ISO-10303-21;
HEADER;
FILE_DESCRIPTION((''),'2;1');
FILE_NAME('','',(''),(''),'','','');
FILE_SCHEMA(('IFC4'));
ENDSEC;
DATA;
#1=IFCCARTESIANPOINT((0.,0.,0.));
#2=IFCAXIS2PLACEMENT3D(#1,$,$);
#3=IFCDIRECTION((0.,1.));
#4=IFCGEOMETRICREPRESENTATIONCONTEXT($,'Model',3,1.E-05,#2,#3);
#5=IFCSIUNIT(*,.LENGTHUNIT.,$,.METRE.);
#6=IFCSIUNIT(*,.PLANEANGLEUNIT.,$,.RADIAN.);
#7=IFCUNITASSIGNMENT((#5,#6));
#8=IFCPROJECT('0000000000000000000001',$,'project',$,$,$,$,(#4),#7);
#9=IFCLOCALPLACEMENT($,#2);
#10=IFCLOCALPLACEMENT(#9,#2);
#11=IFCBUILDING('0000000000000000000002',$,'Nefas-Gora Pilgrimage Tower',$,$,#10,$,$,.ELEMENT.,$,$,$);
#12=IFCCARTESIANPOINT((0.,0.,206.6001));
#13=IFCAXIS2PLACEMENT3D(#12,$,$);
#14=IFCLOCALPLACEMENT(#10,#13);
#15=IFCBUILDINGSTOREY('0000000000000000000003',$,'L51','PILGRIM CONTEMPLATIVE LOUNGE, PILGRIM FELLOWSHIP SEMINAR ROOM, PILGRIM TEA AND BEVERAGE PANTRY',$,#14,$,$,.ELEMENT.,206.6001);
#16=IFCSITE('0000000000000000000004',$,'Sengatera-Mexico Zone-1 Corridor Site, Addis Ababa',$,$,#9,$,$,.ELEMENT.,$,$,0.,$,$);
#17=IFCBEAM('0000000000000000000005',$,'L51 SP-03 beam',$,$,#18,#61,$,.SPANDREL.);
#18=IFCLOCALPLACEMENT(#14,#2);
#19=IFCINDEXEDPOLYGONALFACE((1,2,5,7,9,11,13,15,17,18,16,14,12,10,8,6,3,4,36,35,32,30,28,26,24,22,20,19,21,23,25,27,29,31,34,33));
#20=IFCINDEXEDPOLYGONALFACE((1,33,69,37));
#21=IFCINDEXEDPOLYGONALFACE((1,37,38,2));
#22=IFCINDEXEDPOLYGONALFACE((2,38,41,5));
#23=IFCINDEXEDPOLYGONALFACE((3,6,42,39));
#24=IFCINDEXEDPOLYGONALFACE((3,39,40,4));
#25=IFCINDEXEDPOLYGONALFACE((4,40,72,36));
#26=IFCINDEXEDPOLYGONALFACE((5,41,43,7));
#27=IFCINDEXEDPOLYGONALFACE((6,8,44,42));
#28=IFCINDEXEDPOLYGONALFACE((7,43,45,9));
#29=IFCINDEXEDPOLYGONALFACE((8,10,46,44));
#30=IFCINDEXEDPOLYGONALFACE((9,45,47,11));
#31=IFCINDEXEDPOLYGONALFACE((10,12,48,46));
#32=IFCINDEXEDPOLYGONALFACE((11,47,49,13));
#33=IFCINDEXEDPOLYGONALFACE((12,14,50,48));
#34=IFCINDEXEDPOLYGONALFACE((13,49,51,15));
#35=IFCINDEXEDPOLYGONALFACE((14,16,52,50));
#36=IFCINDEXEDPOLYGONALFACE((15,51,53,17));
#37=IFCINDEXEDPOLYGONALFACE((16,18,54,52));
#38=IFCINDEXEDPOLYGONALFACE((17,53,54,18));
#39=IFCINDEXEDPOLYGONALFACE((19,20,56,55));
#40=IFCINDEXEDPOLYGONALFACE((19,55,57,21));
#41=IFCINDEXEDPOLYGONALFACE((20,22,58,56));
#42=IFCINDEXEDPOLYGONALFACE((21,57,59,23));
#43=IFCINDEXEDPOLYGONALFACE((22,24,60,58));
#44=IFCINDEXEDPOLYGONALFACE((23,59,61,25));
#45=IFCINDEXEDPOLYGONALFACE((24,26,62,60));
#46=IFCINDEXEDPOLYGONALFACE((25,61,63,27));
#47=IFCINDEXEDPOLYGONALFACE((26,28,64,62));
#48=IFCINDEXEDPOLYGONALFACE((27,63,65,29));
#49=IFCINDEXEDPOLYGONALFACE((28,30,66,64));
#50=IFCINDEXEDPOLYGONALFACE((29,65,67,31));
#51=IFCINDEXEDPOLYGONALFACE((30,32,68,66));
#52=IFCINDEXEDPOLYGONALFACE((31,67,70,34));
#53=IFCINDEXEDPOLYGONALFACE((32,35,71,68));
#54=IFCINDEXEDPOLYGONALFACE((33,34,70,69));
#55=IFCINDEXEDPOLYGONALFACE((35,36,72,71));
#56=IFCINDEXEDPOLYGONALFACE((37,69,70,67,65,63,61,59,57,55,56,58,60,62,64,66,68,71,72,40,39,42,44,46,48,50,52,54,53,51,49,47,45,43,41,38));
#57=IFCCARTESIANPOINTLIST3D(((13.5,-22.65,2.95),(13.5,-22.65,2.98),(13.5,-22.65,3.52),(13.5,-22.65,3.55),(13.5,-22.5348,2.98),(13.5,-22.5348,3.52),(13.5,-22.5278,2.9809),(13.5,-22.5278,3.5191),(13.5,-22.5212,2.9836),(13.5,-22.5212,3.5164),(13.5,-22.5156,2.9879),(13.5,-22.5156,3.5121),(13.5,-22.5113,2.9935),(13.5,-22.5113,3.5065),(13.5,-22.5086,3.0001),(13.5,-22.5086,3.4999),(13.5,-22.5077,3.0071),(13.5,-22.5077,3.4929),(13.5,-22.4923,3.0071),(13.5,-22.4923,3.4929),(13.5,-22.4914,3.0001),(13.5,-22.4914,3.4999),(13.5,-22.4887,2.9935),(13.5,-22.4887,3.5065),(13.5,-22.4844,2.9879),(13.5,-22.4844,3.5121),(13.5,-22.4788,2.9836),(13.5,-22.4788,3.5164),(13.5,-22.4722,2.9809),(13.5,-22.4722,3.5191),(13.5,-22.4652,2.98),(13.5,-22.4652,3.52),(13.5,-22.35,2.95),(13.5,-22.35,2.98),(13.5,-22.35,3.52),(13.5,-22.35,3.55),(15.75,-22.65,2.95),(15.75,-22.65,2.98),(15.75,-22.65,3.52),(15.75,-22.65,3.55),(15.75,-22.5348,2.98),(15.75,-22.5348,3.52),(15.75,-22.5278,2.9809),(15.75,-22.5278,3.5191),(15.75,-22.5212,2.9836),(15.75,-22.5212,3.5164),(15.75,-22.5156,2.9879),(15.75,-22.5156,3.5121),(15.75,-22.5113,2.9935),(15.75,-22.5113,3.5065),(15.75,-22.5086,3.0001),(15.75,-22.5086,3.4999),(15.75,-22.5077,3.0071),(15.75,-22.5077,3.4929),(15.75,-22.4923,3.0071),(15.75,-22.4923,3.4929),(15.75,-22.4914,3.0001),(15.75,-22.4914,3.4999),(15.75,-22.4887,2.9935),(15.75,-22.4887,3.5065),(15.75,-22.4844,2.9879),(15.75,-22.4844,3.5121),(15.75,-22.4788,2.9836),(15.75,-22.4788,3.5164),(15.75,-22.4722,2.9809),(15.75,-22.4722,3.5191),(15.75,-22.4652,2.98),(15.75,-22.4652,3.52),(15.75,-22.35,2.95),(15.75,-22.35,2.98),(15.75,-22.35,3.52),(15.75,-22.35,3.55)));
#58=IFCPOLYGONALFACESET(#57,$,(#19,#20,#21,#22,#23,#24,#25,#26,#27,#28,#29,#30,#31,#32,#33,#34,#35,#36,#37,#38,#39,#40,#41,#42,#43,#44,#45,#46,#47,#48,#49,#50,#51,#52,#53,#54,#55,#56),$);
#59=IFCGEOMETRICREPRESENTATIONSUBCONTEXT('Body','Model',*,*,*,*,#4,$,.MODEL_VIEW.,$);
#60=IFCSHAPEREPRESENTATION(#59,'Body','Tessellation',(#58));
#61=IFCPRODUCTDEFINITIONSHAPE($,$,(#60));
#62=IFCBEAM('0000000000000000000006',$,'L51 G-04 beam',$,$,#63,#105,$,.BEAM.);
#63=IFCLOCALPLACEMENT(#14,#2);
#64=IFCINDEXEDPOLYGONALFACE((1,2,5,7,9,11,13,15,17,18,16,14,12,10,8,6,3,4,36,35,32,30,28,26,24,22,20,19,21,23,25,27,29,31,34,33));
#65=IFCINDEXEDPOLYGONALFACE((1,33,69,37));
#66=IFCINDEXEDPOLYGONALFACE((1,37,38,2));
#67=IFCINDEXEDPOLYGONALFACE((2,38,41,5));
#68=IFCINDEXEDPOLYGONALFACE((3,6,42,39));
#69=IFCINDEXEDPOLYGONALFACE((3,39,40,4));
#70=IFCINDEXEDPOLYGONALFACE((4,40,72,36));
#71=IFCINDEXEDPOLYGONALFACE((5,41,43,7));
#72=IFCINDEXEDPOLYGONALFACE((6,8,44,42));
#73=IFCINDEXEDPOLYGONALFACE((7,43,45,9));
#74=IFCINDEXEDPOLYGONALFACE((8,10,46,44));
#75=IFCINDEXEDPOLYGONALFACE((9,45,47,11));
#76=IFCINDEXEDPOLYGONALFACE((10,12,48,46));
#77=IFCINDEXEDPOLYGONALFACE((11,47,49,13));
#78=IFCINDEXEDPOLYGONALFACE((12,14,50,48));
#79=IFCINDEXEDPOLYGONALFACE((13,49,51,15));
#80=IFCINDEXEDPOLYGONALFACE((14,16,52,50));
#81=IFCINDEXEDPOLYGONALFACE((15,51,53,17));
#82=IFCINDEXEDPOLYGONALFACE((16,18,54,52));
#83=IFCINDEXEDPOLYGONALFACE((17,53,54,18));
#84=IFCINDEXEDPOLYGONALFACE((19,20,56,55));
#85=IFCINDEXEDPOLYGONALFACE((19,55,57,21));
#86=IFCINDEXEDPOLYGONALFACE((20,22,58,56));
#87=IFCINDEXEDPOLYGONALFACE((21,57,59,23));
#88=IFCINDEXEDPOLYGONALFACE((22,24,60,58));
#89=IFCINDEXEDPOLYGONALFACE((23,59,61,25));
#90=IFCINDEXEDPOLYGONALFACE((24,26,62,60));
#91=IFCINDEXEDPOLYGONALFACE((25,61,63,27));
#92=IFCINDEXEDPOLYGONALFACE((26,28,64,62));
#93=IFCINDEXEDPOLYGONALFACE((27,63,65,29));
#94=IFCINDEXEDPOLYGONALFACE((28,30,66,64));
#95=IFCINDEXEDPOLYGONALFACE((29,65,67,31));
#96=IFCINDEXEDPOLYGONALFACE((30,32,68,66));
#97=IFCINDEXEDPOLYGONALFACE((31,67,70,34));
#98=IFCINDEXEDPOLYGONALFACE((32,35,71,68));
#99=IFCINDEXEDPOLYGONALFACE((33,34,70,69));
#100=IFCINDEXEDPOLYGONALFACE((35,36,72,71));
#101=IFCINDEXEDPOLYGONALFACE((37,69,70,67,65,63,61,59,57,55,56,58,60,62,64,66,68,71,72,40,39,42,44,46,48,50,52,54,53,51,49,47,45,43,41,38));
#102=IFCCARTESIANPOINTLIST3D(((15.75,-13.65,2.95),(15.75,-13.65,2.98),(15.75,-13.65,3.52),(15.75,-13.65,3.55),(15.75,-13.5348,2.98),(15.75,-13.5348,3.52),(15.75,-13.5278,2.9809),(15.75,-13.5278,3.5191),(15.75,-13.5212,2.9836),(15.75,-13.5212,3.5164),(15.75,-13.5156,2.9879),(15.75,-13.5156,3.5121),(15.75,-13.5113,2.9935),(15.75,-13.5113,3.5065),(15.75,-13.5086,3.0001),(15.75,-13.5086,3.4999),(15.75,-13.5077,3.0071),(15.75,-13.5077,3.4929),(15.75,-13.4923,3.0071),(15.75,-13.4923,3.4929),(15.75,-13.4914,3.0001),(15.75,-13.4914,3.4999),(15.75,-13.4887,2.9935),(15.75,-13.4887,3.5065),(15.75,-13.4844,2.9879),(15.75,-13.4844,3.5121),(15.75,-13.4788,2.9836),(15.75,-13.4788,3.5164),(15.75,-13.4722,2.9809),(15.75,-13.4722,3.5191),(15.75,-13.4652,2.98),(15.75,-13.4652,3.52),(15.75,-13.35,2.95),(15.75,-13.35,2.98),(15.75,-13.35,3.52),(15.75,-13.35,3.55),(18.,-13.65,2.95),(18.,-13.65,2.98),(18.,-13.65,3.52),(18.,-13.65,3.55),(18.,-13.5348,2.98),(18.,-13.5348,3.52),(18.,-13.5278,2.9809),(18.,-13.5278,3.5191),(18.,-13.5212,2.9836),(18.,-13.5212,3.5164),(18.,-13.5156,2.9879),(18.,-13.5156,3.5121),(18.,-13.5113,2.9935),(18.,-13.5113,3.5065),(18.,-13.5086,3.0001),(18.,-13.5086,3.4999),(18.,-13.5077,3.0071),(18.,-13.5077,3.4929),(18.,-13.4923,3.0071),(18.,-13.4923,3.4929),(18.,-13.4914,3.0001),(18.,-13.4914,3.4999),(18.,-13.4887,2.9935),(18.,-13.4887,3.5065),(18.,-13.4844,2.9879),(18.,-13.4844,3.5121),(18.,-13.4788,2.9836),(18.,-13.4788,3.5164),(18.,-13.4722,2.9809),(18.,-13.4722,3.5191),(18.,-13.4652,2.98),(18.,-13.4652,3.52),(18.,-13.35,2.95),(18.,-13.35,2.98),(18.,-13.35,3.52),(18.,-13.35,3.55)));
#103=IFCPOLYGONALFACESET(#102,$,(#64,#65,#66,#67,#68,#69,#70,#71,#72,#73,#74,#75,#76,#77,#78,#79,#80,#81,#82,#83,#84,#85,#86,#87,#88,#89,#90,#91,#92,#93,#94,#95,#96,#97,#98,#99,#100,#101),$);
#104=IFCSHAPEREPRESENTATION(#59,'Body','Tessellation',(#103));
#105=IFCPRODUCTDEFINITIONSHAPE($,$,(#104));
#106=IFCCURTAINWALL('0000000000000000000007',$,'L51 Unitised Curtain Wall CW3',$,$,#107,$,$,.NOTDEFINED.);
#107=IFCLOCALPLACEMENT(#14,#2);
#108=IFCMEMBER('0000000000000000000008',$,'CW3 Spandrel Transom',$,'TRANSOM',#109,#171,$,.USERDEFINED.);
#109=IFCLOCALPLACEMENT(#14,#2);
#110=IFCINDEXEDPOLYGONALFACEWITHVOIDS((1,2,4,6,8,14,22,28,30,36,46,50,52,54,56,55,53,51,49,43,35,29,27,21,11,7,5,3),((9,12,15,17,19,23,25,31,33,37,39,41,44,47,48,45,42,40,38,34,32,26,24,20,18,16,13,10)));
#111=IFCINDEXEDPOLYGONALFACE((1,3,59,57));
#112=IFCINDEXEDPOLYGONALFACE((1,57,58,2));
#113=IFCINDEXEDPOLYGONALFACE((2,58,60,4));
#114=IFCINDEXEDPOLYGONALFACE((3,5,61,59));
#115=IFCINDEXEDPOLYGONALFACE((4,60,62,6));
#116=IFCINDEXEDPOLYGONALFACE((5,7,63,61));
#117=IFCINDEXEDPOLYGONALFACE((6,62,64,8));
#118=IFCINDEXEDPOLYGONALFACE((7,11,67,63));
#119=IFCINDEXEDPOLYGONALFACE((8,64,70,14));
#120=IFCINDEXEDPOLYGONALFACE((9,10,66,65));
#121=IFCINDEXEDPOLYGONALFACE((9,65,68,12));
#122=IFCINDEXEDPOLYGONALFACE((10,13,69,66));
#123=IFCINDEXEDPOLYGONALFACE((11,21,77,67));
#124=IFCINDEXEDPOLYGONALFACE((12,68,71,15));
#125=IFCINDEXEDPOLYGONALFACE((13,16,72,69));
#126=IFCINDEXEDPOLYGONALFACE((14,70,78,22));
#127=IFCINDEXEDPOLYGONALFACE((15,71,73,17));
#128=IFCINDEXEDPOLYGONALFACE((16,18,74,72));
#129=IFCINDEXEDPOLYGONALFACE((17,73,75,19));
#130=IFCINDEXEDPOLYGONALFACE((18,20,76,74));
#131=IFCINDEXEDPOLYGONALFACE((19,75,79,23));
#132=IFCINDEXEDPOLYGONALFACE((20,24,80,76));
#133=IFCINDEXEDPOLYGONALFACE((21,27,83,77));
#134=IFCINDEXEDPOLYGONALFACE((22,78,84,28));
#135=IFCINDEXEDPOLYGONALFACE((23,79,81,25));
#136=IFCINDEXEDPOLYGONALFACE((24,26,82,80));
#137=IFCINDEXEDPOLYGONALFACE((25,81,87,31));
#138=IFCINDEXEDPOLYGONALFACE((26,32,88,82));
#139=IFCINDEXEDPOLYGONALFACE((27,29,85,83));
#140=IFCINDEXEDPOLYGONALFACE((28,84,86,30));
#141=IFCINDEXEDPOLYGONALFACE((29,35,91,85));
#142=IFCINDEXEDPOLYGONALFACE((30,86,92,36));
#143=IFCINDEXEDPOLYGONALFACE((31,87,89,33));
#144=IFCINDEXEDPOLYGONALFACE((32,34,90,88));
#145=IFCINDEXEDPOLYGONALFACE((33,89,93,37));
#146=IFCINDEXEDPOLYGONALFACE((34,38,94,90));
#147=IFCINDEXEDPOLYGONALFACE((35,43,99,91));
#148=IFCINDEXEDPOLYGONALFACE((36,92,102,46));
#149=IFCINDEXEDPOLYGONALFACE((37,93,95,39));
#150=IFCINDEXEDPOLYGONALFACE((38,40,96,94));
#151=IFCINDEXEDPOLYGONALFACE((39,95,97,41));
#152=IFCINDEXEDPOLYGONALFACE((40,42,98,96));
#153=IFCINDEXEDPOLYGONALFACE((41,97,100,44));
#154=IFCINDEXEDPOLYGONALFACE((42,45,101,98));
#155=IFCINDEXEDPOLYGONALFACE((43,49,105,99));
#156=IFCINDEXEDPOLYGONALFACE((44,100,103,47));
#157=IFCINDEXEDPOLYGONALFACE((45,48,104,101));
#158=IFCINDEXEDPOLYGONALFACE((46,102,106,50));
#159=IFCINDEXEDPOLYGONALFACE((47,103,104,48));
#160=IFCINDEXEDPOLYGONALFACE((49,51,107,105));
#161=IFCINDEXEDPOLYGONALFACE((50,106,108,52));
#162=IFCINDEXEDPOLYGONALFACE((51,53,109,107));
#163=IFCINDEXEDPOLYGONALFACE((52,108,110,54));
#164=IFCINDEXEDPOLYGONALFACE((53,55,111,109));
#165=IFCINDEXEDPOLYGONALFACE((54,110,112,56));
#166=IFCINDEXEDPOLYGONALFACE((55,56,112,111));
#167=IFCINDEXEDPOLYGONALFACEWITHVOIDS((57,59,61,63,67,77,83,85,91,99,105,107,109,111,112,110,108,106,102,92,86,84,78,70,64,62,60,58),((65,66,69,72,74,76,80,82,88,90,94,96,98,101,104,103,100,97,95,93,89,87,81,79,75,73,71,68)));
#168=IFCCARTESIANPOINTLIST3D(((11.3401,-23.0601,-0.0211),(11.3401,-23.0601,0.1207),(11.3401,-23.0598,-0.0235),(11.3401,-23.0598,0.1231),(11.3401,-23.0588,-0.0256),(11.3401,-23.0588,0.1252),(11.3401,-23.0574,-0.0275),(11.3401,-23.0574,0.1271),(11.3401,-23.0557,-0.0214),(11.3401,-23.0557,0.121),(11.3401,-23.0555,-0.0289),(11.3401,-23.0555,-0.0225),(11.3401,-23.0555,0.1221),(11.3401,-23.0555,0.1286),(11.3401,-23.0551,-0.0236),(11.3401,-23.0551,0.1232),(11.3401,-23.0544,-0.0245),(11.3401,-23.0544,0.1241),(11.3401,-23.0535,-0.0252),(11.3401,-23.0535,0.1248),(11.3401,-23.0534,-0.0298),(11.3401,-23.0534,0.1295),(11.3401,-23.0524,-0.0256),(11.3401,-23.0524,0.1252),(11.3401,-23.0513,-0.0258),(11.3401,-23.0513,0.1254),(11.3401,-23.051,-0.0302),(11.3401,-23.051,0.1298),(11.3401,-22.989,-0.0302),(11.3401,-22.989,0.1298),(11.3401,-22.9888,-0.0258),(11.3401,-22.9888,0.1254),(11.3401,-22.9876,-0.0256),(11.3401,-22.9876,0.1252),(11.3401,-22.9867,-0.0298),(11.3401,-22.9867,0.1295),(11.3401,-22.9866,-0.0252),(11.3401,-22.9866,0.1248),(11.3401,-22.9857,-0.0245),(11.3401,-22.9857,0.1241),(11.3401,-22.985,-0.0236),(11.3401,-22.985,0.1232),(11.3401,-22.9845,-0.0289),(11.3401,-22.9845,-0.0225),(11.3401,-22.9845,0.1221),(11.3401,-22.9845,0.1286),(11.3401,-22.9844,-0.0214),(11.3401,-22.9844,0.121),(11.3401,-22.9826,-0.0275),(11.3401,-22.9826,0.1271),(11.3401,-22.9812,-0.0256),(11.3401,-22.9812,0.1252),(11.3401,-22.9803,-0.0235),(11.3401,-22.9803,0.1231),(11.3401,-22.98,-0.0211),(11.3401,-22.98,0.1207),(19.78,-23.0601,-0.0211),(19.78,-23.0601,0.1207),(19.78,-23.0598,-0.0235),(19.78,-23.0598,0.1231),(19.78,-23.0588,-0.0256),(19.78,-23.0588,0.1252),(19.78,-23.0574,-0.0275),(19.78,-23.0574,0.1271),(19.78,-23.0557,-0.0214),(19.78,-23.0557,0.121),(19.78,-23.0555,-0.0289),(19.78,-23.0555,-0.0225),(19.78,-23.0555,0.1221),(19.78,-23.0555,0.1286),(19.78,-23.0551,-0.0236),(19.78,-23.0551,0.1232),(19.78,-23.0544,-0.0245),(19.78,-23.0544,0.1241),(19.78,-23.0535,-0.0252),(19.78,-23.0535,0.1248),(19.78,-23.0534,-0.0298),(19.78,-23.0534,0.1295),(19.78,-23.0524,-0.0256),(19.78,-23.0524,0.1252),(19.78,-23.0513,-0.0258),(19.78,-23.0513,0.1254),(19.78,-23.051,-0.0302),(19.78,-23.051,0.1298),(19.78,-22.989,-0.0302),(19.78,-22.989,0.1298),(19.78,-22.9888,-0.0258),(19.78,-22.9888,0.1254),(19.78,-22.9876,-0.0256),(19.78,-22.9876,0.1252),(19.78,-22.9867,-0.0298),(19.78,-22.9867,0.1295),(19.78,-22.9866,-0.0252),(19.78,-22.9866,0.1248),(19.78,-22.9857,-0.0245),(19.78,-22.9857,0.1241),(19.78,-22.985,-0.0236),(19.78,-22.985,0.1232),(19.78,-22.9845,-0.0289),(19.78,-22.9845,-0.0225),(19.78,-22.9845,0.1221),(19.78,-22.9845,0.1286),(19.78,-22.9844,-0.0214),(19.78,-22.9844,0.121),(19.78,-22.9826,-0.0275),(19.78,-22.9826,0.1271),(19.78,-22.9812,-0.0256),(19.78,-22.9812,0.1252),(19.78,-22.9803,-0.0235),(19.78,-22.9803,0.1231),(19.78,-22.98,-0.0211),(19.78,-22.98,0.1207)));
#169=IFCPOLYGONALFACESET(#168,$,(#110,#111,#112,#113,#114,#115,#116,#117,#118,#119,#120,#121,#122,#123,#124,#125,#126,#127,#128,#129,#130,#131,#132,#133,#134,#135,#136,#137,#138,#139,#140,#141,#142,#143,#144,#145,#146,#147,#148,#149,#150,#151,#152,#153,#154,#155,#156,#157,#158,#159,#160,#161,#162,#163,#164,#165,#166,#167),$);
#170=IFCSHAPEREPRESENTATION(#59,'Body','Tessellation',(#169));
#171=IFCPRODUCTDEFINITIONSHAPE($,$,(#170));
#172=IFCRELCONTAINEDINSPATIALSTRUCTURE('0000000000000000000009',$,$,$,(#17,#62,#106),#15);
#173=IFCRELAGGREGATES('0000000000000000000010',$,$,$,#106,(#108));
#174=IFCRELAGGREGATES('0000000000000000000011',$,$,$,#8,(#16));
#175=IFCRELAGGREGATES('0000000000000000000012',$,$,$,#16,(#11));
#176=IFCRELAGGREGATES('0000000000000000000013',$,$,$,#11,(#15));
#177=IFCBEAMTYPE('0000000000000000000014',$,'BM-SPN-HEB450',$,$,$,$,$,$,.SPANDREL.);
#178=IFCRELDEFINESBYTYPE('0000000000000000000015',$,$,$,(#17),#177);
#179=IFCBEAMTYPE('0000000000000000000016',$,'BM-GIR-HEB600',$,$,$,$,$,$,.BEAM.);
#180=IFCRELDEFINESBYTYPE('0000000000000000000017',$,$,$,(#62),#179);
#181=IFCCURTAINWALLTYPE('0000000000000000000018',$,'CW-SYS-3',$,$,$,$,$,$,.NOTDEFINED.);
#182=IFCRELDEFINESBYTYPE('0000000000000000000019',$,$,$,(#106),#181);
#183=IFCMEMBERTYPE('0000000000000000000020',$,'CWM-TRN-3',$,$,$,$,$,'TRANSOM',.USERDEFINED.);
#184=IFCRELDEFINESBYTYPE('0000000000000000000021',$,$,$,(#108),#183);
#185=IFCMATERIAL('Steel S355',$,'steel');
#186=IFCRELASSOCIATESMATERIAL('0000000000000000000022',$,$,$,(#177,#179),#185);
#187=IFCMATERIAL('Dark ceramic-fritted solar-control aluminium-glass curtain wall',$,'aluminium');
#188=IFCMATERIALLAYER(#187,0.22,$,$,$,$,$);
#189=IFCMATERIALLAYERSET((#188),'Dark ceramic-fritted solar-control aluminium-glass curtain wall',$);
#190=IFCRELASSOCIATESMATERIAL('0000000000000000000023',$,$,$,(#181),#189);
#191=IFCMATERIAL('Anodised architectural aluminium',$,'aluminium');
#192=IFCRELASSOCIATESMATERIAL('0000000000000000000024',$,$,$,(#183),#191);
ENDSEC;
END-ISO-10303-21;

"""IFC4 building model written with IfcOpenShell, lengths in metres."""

from ifc_helpers import new_model, si_unit, direction, frame, origin, origin_2d, place, context, subcontext, project, spatial, hollow_rectangle, i_section, extrude, source, transform, mapped, material, layer, layer_set, material_profile, profile_set, type_object, element, aggregate, save


model = new_model("IFC4")

# Units and contexts
model_context = context("Model", 3, precision=1e-05, world=origin(), true_north=direction((0.0, 1.0)))
body_context = subcontext(model_context, "Body", "Model", "MODEL_VIEW")
ifc_project = project(units=[si_unit("LENGTHUNIT", "METRE"), si_unit("PLANEANGLEUNIT", "RADIAN")], contexts=[model_context])

# Site, building, storey
site_placement = place(None, origin())
site = spatial("IfcSite", under=ifc_project, at=site_placement, Name="Sengatera-Mexico Zone-1 Corridor Site, Addis Ababa", CompositionType="ELEMENT", RefElevation=0.0)
building_placement = place(site_placement, origin())
building = spatial("IfcBuilding", under=site, at=building_placement, Name="Nefas-Gora Pilgrimage Tower", CompositionType="ELEMENT")
storey_placement = place(building_placement, frame((0.0, 0.0, 206.6001)))
storey = spatial("IfcBuildingStorey", under=building, at=storey_placement, Name="L51", Description="PILGRIM CONTEMPLATIVE LOUNGE, PILGRIM FELLOWSHIP SEMINAR ROOM, PILGRIM TEA AND BEVERAGE PANTRY", CompositionType="ELEMENT", Elevation=206.6001)

# Beams
ifc_material_1 = material(Name="Steel S355", Category="steel")
ifc_material_profile_1 = material_profile(ifc_material_1, i_section(OverallWidth=0.3, OverallDepth=0.6001, WebThickness=0.0154, FlangeThickness=0.03, FilletRadius=0.0271, at=origin_2d()), Name="HEB 600")
ifc_profile_set_1 = profile_set([ifc_material_profile_1], Name="Steel S355")
beam_type_1 = type_object("IfcBeamType", Name="BM-SPN-HEB450", PredefinedType="SPANDREL", material=ifc_profile_set_1)
ifc_material_profile_2 = material_profile(ifc_material_1, i_section(OverallWidth=0.3, OverallDepth=0.6001, WebThickness=0.0154, FlangeThickness=0.03, FilletRadius=0.0271, at=origin_2d()), Name="HEB 600")
ifc_profile_set_2 = profile_set([ifc_material_profile_2], Name="Steel S355")
beam_type_2 = type_object("IfcBeamType", Name="BM-GIR-HEB600", PredefinedType="BEAM", material=ifc_profile_set_2)
shared_shape_1 = source(origin(), body_context, "Body", "SweptSolid", [
    extrude(i_section(OverallWidth=0.3, OverallDepth=0.6001, WebThickness=0.0154, FlangeThickness=0.03, FilletRadius=0.0271, at=origin_2d()), origin(), (0.0, 0.0, 1.0), 2.25),
])
beam_1_placement = place(storey_placement, frame((13.5, -22.5, 3.25), z_axis=(1.0, 0.0, 0.0), x_axis=(0.0, 1.0, 0.0)))
element("IfcBeam", 1, at=beam_1_placement, inside=storey, type_object=beam_type_1, Name="L51 SP-03 beam", PredefinedType="SPANDREL", context=body_context, shape_type="MappedRepresentation", body=[
    mapped(shared_shape_1, transform((0.0, 0.0, 0.0), x_axis=(1.0, 0.0, 0.0), y_axis=(0.0, 1.0, 0.0), z_axis=(0.0, 0.0, 1.0), scale=1.0)),
])
shared_shape_2 = source(origin(), body_context, "Body", "SweptSolid", [
    extrude(i_section(OverallWidth=0.3, OverallDepth=0.6001, WebThickness=0.0154, FlangeThickness=0.03, FilletRadius=0.0271, at=origin_2d()), origin(), (0.0, 0.0, 1.0), 2.25),
])
beam_2_placement = place(storey_placement, frame((15.75, -13.5, 3.25), z_axis=(1.0, 0.0, 0.0), x_axis=(0.0, 1.0, 0.0)))
element("IfcBeam", 2, at=beam_2_placement, inside=storey, type_object=beam_type_2, Name="L51 G-04 beam", PredefinedType="BEAM", context=body_context, shape_type="MappedRepresentation", body=[
    mapped(shared_shape_2, transform((0.0, 0.0, 0.0), x_axis=(1.0, 0.0, 0.0), y_axis=(0.0, 1.0, 0.0), z_axis=(0.0, 0.0, 1.0), scale=1.0)),
])

# Curtain wall, member
ifc_material_2 = material(Name="Dark ceramic-fritted solar-control aluminium-glass curtain wall", Category="aluminium")
ifc_layer_1 = layer(ifc_material_2, 0.22)
ifc_layer_set_1 = layer_set([ifc_layer_1], Name="Dark ceramic-fritted solar-control aluminium-glass curtain wall")
curtain_wall_type = type_object("IfcCurtainWallType", Name="CW-SYS-3", PredefinedType="NOTDEFINED", material=ifc_layer_set_1)
curtain_wall_1_placement = place(storey_placement, origin())
curtain_wall_1 = element("IfcCurtainWall", 3, at=curtain_wall_1_placement, inside=storey, type_object=curtain_wall_type, Name="L51 Unitised Curtain Wall CW3", PredefinedType="NOTDEFINED")
ifc_material_3 = material(Name="Anodised architectural aluminium", Category="aluminium")
ifc_material_profile_3 = material_profile(ifc_material_3, hollow_rectangle(XDim=0.0801, YDim=0.1599, WallThickness=0.0044, InnerFilletRadius=0.0044, OuterFilletRadius=0.009, at=origin_2d()), Name="ALU TRANSOM 80x160")
ifc_profile_set_3 = profile_set([ifc_material_profile_3], Name="Anodised architectural aluminium")
member_type_1 = type_object("IfcMemberType", Name="CWM-TRN-3", ElementType="TRANSOM", PredefinedType="USERDEFINED", material=ifc_profile_set_3)
shared_shape_3 = source(origin(), body_context, "Body", "SweptSolid", [
    extrude(hollow_rectangle(XDim=0.0801, YDim=0.1599, WallThickness=0.0044, InnerFilletRadius=0.0044, OuterFilletRadius=0.009, at=origin_2d()), origin(), (0.0, 0.0, 1.0), 8.4399),
])
member_1_placement = place(storey_placement, frame((11.3401, -23.02, 0.0498), z_axis=(1.0, 0.0, 0.0), x_axis=(0.0, 1.0, 0.0)))
member_1 = element("IfcMember", 4, at=member_1_placement, type_object=member_type_1, Name="CW3 Spandrel Transom", ObjectType="TRANSOM", PredefinedType="USERDEFINED", context=body_context, shape_type="MappedRepresentation", body=[
    mapped(shared_shape_3, transform((0.0, 0.0, 0.0), x_axis=(1.0, 0.0, 0.0), y_axis=(0.0, 1.0, 0.0), z_axis=(0.0, 0.0, 1.0), scale=1.0)),
])

aggregate(curtain_wall_1, [member_1])

save(model, "model.ifc")
